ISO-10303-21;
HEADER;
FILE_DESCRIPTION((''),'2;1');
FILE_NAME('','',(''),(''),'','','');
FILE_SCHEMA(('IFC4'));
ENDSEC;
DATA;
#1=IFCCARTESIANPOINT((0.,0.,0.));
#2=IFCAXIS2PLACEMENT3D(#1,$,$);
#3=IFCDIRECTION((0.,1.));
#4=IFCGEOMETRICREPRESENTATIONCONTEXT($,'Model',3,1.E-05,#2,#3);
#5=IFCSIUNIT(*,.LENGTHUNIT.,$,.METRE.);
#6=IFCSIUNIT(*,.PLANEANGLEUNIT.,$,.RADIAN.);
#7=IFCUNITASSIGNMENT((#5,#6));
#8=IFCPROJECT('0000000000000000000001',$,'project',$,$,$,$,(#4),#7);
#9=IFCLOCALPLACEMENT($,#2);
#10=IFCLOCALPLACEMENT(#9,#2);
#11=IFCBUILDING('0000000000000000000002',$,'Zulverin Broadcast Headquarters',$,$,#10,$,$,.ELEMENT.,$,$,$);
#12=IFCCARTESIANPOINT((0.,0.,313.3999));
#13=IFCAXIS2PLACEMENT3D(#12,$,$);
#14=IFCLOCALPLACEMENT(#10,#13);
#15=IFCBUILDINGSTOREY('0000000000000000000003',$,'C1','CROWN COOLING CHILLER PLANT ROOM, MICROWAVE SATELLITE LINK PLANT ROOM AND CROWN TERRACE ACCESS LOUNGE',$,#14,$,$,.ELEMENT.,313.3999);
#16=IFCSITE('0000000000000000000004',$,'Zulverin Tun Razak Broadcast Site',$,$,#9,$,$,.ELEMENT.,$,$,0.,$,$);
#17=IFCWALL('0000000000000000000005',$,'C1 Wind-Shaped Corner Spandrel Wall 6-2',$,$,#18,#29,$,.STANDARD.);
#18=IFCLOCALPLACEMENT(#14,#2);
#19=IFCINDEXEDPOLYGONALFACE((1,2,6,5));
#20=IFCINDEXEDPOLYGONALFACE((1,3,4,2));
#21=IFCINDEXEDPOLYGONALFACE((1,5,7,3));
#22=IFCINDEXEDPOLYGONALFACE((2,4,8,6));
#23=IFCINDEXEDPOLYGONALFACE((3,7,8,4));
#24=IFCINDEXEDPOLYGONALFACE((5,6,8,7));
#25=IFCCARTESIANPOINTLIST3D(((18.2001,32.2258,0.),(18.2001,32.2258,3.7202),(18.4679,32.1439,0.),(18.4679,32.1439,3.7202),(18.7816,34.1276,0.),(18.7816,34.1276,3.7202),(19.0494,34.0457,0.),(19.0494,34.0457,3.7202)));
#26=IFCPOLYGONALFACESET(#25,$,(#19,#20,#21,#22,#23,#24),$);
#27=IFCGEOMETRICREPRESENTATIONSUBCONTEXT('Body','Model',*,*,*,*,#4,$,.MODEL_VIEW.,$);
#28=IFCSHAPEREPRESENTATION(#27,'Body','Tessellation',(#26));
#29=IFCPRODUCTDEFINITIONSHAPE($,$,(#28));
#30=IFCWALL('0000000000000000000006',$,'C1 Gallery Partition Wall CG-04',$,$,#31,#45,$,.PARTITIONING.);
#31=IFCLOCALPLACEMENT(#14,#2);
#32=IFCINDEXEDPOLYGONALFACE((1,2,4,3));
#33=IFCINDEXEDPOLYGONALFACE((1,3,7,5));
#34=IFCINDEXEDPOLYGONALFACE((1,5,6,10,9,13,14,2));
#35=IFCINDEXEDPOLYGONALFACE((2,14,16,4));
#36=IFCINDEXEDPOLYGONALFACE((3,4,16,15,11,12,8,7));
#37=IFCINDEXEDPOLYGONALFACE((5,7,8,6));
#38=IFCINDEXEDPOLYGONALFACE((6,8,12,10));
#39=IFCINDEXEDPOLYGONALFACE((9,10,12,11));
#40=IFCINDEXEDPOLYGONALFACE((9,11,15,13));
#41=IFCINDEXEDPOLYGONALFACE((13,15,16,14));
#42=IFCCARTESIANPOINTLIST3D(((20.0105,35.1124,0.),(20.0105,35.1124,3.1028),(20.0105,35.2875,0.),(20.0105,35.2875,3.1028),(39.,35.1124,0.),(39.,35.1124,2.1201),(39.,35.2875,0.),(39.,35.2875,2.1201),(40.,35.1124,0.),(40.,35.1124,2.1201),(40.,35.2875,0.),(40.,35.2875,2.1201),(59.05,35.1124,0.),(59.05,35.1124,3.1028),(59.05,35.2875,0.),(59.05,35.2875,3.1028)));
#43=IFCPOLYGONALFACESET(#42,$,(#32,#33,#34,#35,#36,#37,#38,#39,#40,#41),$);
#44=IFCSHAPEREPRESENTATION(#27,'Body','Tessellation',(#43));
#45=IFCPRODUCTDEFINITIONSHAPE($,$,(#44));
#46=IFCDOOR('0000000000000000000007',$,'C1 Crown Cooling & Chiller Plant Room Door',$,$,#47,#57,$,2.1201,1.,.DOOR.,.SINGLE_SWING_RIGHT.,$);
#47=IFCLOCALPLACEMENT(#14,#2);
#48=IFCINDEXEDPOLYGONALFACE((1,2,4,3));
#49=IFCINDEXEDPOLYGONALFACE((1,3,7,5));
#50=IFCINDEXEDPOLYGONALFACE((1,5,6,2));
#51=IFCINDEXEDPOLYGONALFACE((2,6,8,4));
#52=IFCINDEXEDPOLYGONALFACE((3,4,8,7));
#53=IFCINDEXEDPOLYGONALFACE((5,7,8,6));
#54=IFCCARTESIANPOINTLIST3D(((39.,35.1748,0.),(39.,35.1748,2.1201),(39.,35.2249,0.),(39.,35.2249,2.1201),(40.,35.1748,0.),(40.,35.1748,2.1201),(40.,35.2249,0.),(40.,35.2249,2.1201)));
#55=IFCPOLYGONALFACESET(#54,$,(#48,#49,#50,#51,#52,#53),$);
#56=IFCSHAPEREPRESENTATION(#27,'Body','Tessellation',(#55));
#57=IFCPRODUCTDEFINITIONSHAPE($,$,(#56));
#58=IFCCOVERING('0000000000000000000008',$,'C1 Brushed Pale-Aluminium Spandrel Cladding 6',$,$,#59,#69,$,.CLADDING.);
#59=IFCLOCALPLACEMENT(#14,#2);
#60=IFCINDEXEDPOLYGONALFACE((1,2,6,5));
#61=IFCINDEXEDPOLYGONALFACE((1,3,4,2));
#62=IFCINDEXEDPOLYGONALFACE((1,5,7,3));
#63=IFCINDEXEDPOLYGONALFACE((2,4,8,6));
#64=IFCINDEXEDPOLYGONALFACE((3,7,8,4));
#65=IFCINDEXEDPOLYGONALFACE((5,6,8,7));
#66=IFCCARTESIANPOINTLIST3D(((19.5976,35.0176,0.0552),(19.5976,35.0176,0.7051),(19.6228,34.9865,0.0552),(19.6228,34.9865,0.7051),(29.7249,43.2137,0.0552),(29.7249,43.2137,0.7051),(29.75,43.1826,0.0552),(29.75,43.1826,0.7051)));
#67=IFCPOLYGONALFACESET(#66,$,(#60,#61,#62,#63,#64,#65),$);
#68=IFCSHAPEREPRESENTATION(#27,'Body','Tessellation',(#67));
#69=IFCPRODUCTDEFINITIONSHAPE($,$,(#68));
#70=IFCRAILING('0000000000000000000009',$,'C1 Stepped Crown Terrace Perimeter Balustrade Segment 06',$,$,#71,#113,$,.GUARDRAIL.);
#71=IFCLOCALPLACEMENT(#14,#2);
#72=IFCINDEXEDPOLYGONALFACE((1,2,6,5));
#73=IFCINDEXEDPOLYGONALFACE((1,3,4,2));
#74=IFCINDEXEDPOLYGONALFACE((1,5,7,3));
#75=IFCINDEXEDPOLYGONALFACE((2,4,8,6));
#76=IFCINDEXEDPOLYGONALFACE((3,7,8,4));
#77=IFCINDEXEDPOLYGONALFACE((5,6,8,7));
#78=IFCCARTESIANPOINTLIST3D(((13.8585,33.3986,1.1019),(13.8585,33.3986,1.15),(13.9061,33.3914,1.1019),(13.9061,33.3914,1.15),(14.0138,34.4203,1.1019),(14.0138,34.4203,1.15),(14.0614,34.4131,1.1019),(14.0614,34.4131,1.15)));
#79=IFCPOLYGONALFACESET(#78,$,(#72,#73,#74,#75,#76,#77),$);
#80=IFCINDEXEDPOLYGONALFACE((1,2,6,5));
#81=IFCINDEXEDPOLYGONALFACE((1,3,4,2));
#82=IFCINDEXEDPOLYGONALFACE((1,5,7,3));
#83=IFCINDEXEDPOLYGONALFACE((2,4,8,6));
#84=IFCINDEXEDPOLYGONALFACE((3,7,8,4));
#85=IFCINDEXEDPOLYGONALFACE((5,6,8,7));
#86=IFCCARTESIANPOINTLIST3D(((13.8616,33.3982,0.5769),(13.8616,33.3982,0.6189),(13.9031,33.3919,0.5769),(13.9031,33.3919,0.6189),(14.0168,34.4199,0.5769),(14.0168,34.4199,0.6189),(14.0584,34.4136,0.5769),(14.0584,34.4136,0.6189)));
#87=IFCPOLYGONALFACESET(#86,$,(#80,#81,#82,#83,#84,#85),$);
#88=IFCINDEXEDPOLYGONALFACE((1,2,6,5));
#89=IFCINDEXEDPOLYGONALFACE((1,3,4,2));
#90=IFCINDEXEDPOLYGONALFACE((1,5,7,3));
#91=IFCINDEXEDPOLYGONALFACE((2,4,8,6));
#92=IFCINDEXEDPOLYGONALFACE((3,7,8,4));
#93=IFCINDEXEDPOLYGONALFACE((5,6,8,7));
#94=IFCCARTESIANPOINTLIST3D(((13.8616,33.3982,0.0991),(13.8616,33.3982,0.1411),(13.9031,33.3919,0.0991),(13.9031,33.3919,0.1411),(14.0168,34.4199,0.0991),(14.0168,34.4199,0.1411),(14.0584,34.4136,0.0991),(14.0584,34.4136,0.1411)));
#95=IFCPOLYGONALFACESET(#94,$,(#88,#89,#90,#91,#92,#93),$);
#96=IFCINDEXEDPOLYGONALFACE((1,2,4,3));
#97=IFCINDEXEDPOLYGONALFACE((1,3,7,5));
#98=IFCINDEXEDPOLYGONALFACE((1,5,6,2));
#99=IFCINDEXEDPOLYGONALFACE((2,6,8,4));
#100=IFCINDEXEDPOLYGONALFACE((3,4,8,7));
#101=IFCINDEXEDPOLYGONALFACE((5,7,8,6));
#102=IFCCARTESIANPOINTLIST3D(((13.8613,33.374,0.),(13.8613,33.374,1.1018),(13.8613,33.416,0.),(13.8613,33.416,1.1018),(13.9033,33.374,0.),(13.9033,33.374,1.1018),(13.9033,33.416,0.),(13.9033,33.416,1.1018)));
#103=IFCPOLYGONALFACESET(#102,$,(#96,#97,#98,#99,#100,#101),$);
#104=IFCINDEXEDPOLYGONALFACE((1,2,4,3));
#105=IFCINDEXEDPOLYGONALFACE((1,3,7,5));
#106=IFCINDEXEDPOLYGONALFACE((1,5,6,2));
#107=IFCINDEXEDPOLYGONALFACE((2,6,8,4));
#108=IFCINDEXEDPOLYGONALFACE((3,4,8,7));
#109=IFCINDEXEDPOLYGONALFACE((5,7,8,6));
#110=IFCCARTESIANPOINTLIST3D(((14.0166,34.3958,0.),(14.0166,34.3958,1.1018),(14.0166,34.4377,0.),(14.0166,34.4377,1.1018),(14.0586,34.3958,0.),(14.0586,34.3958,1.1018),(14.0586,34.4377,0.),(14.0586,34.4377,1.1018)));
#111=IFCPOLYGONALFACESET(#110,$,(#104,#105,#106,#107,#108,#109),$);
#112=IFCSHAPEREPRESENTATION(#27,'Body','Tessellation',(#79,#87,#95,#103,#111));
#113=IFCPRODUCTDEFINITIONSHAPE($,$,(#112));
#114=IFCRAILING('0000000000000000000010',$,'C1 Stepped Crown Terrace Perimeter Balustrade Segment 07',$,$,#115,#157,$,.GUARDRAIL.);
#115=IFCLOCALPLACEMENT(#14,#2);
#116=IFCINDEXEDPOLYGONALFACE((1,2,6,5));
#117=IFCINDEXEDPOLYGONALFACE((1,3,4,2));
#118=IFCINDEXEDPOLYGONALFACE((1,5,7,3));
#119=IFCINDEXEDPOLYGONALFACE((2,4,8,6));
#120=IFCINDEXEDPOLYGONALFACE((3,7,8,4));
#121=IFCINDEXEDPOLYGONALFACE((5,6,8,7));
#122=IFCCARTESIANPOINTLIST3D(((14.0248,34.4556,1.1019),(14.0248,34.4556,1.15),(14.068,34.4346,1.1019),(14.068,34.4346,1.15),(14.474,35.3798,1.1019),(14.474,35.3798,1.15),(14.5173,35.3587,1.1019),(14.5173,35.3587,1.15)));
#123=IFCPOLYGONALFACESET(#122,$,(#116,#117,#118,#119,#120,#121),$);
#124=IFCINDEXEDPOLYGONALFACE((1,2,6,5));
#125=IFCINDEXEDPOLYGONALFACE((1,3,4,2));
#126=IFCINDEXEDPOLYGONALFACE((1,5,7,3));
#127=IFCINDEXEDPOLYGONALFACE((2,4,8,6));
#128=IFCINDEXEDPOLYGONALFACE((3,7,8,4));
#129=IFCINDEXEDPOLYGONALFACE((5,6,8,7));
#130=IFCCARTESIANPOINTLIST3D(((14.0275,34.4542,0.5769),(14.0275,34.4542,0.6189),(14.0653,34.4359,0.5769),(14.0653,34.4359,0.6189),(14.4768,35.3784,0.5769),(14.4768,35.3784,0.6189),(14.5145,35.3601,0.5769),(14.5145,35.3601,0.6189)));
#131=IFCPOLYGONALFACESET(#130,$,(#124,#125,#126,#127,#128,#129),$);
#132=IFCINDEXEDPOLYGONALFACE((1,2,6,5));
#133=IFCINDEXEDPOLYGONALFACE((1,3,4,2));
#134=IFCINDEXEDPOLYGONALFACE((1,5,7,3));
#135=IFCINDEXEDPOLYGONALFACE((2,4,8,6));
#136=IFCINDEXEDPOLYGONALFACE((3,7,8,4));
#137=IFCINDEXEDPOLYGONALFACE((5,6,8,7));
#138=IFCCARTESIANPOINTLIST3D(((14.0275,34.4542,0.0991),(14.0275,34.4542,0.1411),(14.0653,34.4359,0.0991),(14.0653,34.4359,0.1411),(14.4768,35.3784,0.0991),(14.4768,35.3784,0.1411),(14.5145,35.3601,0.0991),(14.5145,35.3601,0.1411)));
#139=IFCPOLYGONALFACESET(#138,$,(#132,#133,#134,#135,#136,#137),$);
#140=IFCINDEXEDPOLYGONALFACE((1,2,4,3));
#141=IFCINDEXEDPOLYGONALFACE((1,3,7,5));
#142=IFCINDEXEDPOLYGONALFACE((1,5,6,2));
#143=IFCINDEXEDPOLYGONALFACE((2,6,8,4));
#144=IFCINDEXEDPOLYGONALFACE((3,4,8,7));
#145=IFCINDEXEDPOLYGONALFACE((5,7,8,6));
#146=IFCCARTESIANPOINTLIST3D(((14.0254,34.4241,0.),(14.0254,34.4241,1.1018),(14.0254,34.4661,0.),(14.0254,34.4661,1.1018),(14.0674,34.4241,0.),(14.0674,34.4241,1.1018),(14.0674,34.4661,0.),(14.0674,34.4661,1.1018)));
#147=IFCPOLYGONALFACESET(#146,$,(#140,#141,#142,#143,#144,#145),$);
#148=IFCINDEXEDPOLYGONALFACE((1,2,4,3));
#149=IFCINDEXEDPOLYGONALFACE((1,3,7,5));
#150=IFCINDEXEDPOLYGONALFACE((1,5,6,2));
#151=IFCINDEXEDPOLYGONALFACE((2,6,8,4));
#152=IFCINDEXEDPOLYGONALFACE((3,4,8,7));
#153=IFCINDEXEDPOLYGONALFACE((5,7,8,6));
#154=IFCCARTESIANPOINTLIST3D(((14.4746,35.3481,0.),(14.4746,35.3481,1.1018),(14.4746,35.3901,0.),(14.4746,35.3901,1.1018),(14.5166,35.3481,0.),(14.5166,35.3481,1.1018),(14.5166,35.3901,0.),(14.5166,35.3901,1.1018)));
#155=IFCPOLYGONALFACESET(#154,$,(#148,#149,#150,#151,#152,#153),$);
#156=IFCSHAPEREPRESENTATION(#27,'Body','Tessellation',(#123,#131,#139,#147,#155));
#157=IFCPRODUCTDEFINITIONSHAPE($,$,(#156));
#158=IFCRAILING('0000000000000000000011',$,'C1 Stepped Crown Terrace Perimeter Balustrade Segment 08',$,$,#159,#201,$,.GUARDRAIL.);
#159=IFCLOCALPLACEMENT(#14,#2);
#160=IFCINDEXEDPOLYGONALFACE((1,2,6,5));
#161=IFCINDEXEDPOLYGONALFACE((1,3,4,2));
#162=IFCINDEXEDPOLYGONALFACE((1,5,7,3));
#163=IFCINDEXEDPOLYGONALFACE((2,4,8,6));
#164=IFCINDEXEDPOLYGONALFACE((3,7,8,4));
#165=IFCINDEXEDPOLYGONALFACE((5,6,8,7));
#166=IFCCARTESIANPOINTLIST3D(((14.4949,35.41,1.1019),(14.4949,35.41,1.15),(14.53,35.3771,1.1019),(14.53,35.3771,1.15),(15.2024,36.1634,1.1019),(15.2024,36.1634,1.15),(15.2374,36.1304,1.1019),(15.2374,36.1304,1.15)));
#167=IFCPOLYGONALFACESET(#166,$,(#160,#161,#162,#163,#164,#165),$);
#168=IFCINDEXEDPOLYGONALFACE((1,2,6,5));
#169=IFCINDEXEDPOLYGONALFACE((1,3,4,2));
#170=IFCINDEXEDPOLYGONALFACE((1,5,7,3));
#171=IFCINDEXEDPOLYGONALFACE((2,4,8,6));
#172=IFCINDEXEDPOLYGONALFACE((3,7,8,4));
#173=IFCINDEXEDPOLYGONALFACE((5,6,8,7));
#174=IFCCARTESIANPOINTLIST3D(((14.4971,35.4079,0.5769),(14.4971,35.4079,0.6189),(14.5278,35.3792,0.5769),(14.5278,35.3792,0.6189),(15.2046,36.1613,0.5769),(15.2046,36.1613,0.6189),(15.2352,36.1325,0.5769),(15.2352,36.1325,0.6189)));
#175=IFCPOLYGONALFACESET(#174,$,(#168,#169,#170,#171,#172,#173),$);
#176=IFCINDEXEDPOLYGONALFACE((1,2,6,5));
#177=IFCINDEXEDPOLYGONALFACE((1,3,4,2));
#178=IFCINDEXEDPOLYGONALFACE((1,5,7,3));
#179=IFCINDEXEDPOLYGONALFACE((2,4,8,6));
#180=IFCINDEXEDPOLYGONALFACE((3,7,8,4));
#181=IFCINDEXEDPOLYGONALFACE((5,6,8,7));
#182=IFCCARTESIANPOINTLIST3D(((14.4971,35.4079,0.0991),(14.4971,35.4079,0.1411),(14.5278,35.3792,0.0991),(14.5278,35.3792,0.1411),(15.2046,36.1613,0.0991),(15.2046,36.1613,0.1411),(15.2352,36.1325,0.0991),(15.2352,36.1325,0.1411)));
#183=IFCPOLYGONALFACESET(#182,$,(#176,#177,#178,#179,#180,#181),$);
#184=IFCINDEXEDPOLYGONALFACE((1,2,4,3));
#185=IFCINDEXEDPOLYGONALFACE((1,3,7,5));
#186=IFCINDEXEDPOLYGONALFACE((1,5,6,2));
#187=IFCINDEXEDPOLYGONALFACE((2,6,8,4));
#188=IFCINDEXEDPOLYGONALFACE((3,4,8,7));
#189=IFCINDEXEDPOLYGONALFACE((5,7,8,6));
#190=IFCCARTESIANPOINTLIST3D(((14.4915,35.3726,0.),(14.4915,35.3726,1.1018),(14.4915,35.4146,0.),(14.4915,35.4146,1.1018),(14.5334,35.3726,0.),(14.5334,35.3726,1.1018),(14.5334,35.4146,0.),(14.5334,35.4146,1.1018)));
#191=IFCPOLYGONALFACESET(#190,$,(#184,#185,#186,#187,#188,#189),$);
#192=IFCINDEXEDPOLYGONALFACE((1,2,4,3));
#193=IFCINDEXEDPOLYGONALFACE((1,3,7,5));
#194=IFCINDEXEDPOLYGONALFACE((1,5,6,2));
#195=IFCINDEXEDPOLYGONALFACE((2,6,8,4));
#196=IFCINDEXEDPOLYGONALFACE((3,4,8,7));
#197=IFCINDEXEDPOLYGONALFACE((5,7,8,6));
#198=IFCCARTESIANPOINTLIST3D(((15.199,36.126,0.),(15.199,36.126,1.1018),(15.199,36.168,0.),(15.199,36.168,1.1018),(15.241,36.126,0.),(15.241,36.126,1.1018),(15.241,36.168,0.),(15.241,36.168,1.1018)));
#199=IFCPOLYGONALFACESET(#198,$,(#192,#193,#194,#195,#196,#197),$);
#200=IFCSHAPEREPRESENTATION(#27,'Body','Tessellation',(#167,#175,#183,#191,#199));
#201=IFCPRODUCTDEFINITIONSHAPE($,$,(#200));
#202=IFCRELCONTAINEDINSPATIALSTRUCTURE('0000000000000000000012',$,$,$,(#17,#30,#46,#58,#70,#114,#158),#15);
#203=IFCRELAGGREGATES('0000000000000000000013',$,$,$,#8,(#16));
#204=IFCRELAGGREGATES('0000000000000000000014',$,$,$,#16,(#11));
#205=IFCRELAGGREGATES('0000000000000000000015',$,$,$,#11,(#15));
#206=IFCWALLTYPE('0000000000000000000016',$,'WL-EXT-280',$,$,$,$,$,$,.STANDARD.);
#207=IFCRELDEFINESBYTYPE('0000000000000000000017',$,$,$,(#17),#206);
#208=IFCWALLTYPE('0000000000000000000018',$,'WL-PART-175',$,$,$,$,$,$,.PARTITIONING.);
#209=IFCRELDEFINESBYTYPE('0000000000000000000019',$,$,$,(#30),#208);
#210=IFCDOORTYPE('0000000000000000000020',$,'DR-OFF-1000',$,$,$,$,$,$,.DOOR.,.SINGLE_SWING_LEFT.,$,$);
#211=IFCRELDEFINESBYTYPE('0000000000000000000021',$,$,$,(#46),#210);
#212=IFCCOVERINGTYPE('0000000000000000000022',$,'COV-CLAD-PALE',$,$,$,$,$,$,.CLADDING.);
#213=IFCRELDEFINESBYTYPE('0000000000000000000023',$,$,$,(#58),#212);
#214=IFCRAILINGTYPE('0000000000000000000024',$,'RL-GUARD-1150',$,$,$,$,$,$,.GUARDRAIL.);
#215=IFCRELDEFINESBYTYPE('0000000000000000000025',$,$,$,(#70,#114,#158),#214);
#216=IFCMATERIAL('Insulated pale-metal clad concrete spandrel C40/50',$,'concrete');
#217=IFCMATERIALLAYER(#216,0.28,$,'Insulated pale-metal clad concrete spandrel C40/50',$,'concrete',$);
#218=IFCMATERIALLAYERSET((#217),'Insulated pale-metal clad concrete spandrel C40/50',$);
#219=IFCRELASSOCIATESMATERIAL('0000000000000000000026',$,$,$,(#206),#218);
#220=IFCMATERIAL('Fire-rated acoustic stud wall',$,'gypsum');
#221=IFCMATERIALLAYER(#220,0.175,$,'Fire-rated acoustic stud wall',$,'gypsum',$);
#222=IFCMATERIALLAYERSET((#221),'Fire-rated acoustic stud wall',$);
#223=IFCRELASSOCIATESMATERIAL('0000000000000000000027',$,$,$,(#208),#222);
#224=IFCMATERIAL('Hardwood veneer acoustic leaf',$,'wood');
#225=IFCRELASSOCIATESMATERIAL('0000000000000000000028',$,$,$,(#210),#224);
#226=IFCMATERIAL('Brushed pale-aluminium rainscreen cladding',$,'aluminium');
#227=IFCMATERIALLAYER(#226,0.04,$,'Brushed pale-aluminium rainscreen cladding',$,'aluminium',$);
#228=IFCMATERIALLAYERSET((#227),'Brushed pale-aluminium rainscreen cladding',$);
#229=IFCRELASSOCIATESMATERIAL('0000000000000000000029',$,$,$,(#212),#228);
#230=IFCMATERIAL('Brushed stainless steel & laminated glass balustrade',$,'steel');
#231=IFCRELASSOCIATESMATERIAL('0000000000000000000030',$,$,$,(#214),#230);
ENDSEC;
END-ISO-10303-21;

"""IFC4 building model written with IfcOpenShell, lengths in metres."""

from ifc_helpers import new_model, si_unit, direction, frame, frame_2d, origin, origin_2d, place, context, subcontext, project, spatial, rectangle, extrude, material, layer, layer_set, type_object, element, fill, save


model = new_model("IFC4")

# Units and contexts
model_context = context("Model", 3, precision=1e-05, world=origin(), true_north=direction((0.0, 1.0)))
body_context = subcontext(model_context, "Body", "Model", "MODEL_VIEW")
ifc_project = project(units=[si_unit("LENGTHUNIT", "METRE"), si_unit("PLANEANGLEUNIT", "RADIAN")], contexts=[model_context])

# Site, building, storey
site_placement = place(None, origin())
site = spatial("IfcSite", under=ifc_project, at=site_placement, Name="Zulverin Tun Razak Broadcast Site", CompositionType="ELEMENT", RefElevation=0.0)
building_placement = place(site_placement, origin())
building = spatial("IfcBuilding", under=site, at=building_placement, Name="Zulverin Broadcast Headquarters", CompositionType="ELEMENT")
storey_placement = place(building_placement, frame((0.0, 0.0, 313.3999)))
storey = spatial("IfcBuildingStorey", under=building, at=storey_placement, Name="C1", Description="CROWN COOLING CHILLER PLANT ROOM, MICROWAVE SATELLITE LINK PLANT ROOM AND CROWN TERRACE ACCESS LOUNGE", CompositionType="ELEMENT", Elevation=313.3999)

# Shared definitions
ifc_material_1 = material(Name="Insulated pale-metal clad concrete spandrel C40/50", Category="concrete")
ifc_layer_1 = layer(ifc_material_1, 0.28, Name="Insulated pale-metal clad concrete spandrel C40/50", Category="concrete")
ifc_layer_set_1 = layer_set([ifc_layer_1], Name="Insulated pale-metal clad concrete spandrel C40/50")
wall_type_1 = type_object("IfcWallType", Name="WL-EXT-280", PredefinedType="STANDARD", material=ifc_layer_set_1)

# Wall
wall_1_placement = place(storey_placement, frame((18.9155, 34.0867, 0.0), z_axis=(0.0, 0.0, 1.0), x_axis=(-0.292412, -0.956292, 0.0)))
element("IfcWall", 1, at=wall_1_placement, inside=storey, type_object=wall_type_1, Name="C1 Wind-Shaped Corner Spandrel Wall 6-2", PredefinedType="STANDARD", context=body_context, shape_type="SweptSolid", body=[
    extrude(rectangle(XDim=1.9888, YDim=0.28, at=frame_2d((0.9944, 0.0))), origin(), (0.0, 0.0, 1.0), 3.7202),
])

# Wall, opening, door
ifc_material_2 = material(Name="Fire-rated acoustic stud wall", Category="gypsum")
ifc_layer_2 = layer(ifc_material_2, 0.175, Name="Fire-rated acoustic stud wall", Category="gypsum")
ifc_layer_set_2 = layer_set([ifc_layer_2], Name="Fire-rated acoustic stud wall")
wall_type_2 = type_object("IfcWallType", Name="WL-PART-175", PredefinedType="PARTITIONING", material=ifc_layer_set_2)
wall_2_placement = place(storey_placement, frame((20.0105, 35.2, 0.0), z_axis=(0.0, 0.0, 1.0), x_axis=(1.0, 0.0, 0.0)))
wall_2 = element("IfcWall", 2, at=wall_2_placement, inside=storey, type_object=wall_type_2, Name="C1 Gallery Partition Wall CG-04", PredefinedType="PARTITIONING", context=body_context, shape_type="SweptSolid", body=[
    extrude(rectangle(XDim=39.0396, YDim=0.175, at=frame_2d((19.5198, 0.0))), origin(), (0.0, 0.0, 1.0), 3.1028),
])
opening_1_placement = place(wall_2_placement, frame((18.9895, 0.0, 0.0)))
opening_1 = element("IfcOpeningElement", 3, at=opening_1_placement, cuts=wall_2, PredefinedType="OPENING", context=body_context, shape_type="SweptSolid", body=[
    extrude(rectangle(XDim=1.0, YDim=2.1201, at=frame_2d((0.5, 1.0601))), frame((0.0, 0.0974, 0.0), z_axis=(0.0, -1.0, 0.0), x_axis=(1.0, 0.0, 0.0)), (0.0, 0.0, 1.0), 0.1951),
])
ifc_material_3 = material(Name="Hardwood veneer acoustic leaf", Category="wood")
door_type = type_object("IfcDoorType", Name="DR-OFF-1000", OperationType="SINGLE_SWING_LEFT", PredefinedType="DOOR", material=ifc_material_3)
door_placement = place(opening_1_placement, origin())
door = element("IfcDoor", 4, at=door_placement, inside=storey, type_object=door_type, Name="C1 Crown Cooling & Chiller Plant Room Door", OperationType="SINGLE_SWING_RIGHT", OverallHeight=2.1201, OverallWidth=1.0, PredefinedType="DOOR", context=body_context, shape_type="SweptSolid", body=[
    extrude(rectangle(XDim=1.0, YDim=2.1201, at=frame_2d((0.5, 1.0601))), frame((0.0, 0.0249, 0.0), z_axis=(0.0, -1.0, 0.0), x_axis=(1.0, 0.0, 0.0)), (0.0, 0.0, 1.0), 0.05),
])
fill(opening_1, door)

# Covering
ifc_material_4 = material(Name="Brushed pale-aluminium rainscreen cladding", Category="aluminium")
ifc_layer_3 = layer(ifc_material_4, 0.04, Name="Brushed pale-aluminium rainscreen cladding", Category="aluminium")
ifc_layer_set_3 = layer_set([ifc_layer_3], Name="Brushed pale-aluminium rainscreen cladding")
covering_type = type_object("IfcCoveringType", Name="COV-CLAD-PALE", PredefinedType="CLADDING", material=ifc_layer_set_3)
covering_placement = place(storey_placement, frame((24.6738, 39.1001, 0.0552), z_axis=(0.0, 0.0, 1.0), x_axis=(-0.777325, -0.629099, 0.0)))
element("IfcCovering", 5, at=covering_placement, inside=storey, type_object=covering_type, Name="C1 Brushed Pale-Aluminium Spandrel Cladding 6", PredefinedType="CLADDING", context=body_context, shape_type="SweptSolid", body=[
    extrude(rectangle(XDim=13.0283, YDim=0.04, at=origin_2d()), origin(), (0.0, 0.0, 1.0), 0.6499),
])

# Railings
ifc_material_5 = material(Name="Brushed stainless steel & laminated glass balustrade", Category="steel")
railing_type = type_object("IfcRailingType", Name="RL-GUARD-1150", PredefinedType="GUARDRAIL", material=ifc_material_5)
railing_1_placement = place(storey_placement, frame((13.8823, 33.395, 0.0)))
element("IfcRailing", 6, at=railing_1_placement, inside=storey, type_object=railing_type, Name="C1 Stepped Crown Terrace Perimeter Balustrade Segment 06", PredefinedType="GUARDRAIL", context=body_context, shape_type="SweptSolid", body=[
    extrude(rectangle(XDim=0.0481, YDim=0.0481, at=origin_2d()), frame((0.0, 0.0, 1.126), z_axis=(0.150246, 0.988649, 0.0), x_axis=(-0.988649, 0.150246, 0.0)), (0.0, 0.0, 1.0), 1.0334),
    extrude(rectangle(XDim=0.042, YDim=0.042, at=origin_2d()), frame((0.0, 0.0, 0.5979), z_axis=(0.150246, 0.988649, 0.0), x_axis=(-0.988649, 0.150246, 0.0)), (0.0, 0.0, 1.0), 1.0334),
    extrude(rectangle(XDim=0.042, YDim=0.042, at=origin_2d()), frame((0.0, 0.0, 0.1201), z_axis=(0.150246, 0.988649, 0.0), x_axis=(-0.988649, 0.150246, 0.0)), (0.0, 0.0, 1.0), 1.0334),
    extrude(rectangle(XDim=0.042, YDim=0.042, at=origin_2d()), origin(), (0.0, 0.0, 1.0), 1.1018),
    extrude(rectangle(XDim=0.042, YDim=0.042, at=origin_2d()), frame((0.1553, 1.0217, 0.0)), (0.0, 0.0, 1.0), 1.1018),
])
railing_2_placement = place(storey_placement, frame((14.0464, 34.4451, 0.0)))
element("IfcRailing", 7, at=railing_2_placement, inside=storey, type_object=railing_type, Name="C1 Stepped Crown Terrace Perimeter Balustrade Segment 07", PredefinedType="GUARDRAIL", context=body_context, shape_type="SweptSolid", body=[
    extrude(rectangle(XDim=0.0481, YDim=0.0481, at=origin_2d()), frame((0.0, 0.0, 1.126), z_axis=(0.437206, 0.899361, 0.0), x_axis=(-0.899361, 0.437206, 0.0)), (0.0, 0.0, 1.0), 1.0276),
    extrude(rectangle(XDim=0.042, YDim=0.042, at=origin_2d()), frame((0.0, 0.0, 0.5979), z_axis=(0.437206, 0.899361, 0.0), x_axis=(-0.899361, 0.437206, 0.0)), (0.0, 0.0, 1.0), 1.0276),
    extrude(rectangle(XDim=0.042, YDim=0.042, at=origin_2d()), frame((0.0, 0.0, 0.1201), z_axis=(0.437206, 0.899361, 0.0), x_axis=(-0.899361, 0.437206, 0.0)), (0.0, 0.0, 1.0), 1.0276),
    extrude(rectangle(XDim=0.042, YDim=0.042, at=origin_2d()), origin(), (0.0, 0.0, 1.0), 1.1018),
    extrude(rectangle(XDim=0.042, YDim=0.042, at=origin_2d()), frame((0.4492, 0.9241, 0.0)), (0.0, 0.0, 1.0), 1.1018),
])
railing_3_placement = place(storey_placement, frame((14.5125, 35.3936, 0.0)))
element("IfcRailing", 8, at=railing_3_placement, inside=storey, type_object=railing_type, Name="C1 Stepped Crown Terrace Perimeter Balustrade Segment 08", PredefinedType="GUARDRAIL", context=body_context, shape_type="SweptSolid", body=[
    extrude(rectangle(XDim=0.0481, YDim=0.0481, at=origin_2d()), frame((0.0, 0.0, 1.126), z_axis=(0.684554, 0.728962, 0.0), x_axis=(-0.728962, 0.684554, 0.0)), (0.0, 0.0, 1.0), 1.0334),
    extrude(rectangle(XDim=0.042, YDim=0.042, at=origin_2d()), frame((0.0, 0.0, 0.5979), z_axis=(0.684554, 0.728962, 0.0), x_axis=(-0.728962, 0.684554, 0.0)), (0.0, 0.0, 1.0), 1.0334),
    extrude(rectangle(XDim=0.042, YDim=0.042, at=origin_2d()), frame((0.0, 0.0, 0.1201), z_axis=(0.684554, 0.728962, 0.0), x_axis=(-0.728962, 0.684554, 0.0)), (0.0, 0.0, 1.0), 1.0334),
    extrude(rectangle(XDim=0.042, YDim=0.042, at=origin_2d()), origin(), (0.0, 0.0, 1.0), 1.1018),
    extrude(rectangle(XDim=0.042, YDim=0.042, at=origin_2d()), frame((0.7075, 0.7534, 0.0)), (0.0, 0.0, 1.0), 1.1018),
])

save(model, "model.ifc")
